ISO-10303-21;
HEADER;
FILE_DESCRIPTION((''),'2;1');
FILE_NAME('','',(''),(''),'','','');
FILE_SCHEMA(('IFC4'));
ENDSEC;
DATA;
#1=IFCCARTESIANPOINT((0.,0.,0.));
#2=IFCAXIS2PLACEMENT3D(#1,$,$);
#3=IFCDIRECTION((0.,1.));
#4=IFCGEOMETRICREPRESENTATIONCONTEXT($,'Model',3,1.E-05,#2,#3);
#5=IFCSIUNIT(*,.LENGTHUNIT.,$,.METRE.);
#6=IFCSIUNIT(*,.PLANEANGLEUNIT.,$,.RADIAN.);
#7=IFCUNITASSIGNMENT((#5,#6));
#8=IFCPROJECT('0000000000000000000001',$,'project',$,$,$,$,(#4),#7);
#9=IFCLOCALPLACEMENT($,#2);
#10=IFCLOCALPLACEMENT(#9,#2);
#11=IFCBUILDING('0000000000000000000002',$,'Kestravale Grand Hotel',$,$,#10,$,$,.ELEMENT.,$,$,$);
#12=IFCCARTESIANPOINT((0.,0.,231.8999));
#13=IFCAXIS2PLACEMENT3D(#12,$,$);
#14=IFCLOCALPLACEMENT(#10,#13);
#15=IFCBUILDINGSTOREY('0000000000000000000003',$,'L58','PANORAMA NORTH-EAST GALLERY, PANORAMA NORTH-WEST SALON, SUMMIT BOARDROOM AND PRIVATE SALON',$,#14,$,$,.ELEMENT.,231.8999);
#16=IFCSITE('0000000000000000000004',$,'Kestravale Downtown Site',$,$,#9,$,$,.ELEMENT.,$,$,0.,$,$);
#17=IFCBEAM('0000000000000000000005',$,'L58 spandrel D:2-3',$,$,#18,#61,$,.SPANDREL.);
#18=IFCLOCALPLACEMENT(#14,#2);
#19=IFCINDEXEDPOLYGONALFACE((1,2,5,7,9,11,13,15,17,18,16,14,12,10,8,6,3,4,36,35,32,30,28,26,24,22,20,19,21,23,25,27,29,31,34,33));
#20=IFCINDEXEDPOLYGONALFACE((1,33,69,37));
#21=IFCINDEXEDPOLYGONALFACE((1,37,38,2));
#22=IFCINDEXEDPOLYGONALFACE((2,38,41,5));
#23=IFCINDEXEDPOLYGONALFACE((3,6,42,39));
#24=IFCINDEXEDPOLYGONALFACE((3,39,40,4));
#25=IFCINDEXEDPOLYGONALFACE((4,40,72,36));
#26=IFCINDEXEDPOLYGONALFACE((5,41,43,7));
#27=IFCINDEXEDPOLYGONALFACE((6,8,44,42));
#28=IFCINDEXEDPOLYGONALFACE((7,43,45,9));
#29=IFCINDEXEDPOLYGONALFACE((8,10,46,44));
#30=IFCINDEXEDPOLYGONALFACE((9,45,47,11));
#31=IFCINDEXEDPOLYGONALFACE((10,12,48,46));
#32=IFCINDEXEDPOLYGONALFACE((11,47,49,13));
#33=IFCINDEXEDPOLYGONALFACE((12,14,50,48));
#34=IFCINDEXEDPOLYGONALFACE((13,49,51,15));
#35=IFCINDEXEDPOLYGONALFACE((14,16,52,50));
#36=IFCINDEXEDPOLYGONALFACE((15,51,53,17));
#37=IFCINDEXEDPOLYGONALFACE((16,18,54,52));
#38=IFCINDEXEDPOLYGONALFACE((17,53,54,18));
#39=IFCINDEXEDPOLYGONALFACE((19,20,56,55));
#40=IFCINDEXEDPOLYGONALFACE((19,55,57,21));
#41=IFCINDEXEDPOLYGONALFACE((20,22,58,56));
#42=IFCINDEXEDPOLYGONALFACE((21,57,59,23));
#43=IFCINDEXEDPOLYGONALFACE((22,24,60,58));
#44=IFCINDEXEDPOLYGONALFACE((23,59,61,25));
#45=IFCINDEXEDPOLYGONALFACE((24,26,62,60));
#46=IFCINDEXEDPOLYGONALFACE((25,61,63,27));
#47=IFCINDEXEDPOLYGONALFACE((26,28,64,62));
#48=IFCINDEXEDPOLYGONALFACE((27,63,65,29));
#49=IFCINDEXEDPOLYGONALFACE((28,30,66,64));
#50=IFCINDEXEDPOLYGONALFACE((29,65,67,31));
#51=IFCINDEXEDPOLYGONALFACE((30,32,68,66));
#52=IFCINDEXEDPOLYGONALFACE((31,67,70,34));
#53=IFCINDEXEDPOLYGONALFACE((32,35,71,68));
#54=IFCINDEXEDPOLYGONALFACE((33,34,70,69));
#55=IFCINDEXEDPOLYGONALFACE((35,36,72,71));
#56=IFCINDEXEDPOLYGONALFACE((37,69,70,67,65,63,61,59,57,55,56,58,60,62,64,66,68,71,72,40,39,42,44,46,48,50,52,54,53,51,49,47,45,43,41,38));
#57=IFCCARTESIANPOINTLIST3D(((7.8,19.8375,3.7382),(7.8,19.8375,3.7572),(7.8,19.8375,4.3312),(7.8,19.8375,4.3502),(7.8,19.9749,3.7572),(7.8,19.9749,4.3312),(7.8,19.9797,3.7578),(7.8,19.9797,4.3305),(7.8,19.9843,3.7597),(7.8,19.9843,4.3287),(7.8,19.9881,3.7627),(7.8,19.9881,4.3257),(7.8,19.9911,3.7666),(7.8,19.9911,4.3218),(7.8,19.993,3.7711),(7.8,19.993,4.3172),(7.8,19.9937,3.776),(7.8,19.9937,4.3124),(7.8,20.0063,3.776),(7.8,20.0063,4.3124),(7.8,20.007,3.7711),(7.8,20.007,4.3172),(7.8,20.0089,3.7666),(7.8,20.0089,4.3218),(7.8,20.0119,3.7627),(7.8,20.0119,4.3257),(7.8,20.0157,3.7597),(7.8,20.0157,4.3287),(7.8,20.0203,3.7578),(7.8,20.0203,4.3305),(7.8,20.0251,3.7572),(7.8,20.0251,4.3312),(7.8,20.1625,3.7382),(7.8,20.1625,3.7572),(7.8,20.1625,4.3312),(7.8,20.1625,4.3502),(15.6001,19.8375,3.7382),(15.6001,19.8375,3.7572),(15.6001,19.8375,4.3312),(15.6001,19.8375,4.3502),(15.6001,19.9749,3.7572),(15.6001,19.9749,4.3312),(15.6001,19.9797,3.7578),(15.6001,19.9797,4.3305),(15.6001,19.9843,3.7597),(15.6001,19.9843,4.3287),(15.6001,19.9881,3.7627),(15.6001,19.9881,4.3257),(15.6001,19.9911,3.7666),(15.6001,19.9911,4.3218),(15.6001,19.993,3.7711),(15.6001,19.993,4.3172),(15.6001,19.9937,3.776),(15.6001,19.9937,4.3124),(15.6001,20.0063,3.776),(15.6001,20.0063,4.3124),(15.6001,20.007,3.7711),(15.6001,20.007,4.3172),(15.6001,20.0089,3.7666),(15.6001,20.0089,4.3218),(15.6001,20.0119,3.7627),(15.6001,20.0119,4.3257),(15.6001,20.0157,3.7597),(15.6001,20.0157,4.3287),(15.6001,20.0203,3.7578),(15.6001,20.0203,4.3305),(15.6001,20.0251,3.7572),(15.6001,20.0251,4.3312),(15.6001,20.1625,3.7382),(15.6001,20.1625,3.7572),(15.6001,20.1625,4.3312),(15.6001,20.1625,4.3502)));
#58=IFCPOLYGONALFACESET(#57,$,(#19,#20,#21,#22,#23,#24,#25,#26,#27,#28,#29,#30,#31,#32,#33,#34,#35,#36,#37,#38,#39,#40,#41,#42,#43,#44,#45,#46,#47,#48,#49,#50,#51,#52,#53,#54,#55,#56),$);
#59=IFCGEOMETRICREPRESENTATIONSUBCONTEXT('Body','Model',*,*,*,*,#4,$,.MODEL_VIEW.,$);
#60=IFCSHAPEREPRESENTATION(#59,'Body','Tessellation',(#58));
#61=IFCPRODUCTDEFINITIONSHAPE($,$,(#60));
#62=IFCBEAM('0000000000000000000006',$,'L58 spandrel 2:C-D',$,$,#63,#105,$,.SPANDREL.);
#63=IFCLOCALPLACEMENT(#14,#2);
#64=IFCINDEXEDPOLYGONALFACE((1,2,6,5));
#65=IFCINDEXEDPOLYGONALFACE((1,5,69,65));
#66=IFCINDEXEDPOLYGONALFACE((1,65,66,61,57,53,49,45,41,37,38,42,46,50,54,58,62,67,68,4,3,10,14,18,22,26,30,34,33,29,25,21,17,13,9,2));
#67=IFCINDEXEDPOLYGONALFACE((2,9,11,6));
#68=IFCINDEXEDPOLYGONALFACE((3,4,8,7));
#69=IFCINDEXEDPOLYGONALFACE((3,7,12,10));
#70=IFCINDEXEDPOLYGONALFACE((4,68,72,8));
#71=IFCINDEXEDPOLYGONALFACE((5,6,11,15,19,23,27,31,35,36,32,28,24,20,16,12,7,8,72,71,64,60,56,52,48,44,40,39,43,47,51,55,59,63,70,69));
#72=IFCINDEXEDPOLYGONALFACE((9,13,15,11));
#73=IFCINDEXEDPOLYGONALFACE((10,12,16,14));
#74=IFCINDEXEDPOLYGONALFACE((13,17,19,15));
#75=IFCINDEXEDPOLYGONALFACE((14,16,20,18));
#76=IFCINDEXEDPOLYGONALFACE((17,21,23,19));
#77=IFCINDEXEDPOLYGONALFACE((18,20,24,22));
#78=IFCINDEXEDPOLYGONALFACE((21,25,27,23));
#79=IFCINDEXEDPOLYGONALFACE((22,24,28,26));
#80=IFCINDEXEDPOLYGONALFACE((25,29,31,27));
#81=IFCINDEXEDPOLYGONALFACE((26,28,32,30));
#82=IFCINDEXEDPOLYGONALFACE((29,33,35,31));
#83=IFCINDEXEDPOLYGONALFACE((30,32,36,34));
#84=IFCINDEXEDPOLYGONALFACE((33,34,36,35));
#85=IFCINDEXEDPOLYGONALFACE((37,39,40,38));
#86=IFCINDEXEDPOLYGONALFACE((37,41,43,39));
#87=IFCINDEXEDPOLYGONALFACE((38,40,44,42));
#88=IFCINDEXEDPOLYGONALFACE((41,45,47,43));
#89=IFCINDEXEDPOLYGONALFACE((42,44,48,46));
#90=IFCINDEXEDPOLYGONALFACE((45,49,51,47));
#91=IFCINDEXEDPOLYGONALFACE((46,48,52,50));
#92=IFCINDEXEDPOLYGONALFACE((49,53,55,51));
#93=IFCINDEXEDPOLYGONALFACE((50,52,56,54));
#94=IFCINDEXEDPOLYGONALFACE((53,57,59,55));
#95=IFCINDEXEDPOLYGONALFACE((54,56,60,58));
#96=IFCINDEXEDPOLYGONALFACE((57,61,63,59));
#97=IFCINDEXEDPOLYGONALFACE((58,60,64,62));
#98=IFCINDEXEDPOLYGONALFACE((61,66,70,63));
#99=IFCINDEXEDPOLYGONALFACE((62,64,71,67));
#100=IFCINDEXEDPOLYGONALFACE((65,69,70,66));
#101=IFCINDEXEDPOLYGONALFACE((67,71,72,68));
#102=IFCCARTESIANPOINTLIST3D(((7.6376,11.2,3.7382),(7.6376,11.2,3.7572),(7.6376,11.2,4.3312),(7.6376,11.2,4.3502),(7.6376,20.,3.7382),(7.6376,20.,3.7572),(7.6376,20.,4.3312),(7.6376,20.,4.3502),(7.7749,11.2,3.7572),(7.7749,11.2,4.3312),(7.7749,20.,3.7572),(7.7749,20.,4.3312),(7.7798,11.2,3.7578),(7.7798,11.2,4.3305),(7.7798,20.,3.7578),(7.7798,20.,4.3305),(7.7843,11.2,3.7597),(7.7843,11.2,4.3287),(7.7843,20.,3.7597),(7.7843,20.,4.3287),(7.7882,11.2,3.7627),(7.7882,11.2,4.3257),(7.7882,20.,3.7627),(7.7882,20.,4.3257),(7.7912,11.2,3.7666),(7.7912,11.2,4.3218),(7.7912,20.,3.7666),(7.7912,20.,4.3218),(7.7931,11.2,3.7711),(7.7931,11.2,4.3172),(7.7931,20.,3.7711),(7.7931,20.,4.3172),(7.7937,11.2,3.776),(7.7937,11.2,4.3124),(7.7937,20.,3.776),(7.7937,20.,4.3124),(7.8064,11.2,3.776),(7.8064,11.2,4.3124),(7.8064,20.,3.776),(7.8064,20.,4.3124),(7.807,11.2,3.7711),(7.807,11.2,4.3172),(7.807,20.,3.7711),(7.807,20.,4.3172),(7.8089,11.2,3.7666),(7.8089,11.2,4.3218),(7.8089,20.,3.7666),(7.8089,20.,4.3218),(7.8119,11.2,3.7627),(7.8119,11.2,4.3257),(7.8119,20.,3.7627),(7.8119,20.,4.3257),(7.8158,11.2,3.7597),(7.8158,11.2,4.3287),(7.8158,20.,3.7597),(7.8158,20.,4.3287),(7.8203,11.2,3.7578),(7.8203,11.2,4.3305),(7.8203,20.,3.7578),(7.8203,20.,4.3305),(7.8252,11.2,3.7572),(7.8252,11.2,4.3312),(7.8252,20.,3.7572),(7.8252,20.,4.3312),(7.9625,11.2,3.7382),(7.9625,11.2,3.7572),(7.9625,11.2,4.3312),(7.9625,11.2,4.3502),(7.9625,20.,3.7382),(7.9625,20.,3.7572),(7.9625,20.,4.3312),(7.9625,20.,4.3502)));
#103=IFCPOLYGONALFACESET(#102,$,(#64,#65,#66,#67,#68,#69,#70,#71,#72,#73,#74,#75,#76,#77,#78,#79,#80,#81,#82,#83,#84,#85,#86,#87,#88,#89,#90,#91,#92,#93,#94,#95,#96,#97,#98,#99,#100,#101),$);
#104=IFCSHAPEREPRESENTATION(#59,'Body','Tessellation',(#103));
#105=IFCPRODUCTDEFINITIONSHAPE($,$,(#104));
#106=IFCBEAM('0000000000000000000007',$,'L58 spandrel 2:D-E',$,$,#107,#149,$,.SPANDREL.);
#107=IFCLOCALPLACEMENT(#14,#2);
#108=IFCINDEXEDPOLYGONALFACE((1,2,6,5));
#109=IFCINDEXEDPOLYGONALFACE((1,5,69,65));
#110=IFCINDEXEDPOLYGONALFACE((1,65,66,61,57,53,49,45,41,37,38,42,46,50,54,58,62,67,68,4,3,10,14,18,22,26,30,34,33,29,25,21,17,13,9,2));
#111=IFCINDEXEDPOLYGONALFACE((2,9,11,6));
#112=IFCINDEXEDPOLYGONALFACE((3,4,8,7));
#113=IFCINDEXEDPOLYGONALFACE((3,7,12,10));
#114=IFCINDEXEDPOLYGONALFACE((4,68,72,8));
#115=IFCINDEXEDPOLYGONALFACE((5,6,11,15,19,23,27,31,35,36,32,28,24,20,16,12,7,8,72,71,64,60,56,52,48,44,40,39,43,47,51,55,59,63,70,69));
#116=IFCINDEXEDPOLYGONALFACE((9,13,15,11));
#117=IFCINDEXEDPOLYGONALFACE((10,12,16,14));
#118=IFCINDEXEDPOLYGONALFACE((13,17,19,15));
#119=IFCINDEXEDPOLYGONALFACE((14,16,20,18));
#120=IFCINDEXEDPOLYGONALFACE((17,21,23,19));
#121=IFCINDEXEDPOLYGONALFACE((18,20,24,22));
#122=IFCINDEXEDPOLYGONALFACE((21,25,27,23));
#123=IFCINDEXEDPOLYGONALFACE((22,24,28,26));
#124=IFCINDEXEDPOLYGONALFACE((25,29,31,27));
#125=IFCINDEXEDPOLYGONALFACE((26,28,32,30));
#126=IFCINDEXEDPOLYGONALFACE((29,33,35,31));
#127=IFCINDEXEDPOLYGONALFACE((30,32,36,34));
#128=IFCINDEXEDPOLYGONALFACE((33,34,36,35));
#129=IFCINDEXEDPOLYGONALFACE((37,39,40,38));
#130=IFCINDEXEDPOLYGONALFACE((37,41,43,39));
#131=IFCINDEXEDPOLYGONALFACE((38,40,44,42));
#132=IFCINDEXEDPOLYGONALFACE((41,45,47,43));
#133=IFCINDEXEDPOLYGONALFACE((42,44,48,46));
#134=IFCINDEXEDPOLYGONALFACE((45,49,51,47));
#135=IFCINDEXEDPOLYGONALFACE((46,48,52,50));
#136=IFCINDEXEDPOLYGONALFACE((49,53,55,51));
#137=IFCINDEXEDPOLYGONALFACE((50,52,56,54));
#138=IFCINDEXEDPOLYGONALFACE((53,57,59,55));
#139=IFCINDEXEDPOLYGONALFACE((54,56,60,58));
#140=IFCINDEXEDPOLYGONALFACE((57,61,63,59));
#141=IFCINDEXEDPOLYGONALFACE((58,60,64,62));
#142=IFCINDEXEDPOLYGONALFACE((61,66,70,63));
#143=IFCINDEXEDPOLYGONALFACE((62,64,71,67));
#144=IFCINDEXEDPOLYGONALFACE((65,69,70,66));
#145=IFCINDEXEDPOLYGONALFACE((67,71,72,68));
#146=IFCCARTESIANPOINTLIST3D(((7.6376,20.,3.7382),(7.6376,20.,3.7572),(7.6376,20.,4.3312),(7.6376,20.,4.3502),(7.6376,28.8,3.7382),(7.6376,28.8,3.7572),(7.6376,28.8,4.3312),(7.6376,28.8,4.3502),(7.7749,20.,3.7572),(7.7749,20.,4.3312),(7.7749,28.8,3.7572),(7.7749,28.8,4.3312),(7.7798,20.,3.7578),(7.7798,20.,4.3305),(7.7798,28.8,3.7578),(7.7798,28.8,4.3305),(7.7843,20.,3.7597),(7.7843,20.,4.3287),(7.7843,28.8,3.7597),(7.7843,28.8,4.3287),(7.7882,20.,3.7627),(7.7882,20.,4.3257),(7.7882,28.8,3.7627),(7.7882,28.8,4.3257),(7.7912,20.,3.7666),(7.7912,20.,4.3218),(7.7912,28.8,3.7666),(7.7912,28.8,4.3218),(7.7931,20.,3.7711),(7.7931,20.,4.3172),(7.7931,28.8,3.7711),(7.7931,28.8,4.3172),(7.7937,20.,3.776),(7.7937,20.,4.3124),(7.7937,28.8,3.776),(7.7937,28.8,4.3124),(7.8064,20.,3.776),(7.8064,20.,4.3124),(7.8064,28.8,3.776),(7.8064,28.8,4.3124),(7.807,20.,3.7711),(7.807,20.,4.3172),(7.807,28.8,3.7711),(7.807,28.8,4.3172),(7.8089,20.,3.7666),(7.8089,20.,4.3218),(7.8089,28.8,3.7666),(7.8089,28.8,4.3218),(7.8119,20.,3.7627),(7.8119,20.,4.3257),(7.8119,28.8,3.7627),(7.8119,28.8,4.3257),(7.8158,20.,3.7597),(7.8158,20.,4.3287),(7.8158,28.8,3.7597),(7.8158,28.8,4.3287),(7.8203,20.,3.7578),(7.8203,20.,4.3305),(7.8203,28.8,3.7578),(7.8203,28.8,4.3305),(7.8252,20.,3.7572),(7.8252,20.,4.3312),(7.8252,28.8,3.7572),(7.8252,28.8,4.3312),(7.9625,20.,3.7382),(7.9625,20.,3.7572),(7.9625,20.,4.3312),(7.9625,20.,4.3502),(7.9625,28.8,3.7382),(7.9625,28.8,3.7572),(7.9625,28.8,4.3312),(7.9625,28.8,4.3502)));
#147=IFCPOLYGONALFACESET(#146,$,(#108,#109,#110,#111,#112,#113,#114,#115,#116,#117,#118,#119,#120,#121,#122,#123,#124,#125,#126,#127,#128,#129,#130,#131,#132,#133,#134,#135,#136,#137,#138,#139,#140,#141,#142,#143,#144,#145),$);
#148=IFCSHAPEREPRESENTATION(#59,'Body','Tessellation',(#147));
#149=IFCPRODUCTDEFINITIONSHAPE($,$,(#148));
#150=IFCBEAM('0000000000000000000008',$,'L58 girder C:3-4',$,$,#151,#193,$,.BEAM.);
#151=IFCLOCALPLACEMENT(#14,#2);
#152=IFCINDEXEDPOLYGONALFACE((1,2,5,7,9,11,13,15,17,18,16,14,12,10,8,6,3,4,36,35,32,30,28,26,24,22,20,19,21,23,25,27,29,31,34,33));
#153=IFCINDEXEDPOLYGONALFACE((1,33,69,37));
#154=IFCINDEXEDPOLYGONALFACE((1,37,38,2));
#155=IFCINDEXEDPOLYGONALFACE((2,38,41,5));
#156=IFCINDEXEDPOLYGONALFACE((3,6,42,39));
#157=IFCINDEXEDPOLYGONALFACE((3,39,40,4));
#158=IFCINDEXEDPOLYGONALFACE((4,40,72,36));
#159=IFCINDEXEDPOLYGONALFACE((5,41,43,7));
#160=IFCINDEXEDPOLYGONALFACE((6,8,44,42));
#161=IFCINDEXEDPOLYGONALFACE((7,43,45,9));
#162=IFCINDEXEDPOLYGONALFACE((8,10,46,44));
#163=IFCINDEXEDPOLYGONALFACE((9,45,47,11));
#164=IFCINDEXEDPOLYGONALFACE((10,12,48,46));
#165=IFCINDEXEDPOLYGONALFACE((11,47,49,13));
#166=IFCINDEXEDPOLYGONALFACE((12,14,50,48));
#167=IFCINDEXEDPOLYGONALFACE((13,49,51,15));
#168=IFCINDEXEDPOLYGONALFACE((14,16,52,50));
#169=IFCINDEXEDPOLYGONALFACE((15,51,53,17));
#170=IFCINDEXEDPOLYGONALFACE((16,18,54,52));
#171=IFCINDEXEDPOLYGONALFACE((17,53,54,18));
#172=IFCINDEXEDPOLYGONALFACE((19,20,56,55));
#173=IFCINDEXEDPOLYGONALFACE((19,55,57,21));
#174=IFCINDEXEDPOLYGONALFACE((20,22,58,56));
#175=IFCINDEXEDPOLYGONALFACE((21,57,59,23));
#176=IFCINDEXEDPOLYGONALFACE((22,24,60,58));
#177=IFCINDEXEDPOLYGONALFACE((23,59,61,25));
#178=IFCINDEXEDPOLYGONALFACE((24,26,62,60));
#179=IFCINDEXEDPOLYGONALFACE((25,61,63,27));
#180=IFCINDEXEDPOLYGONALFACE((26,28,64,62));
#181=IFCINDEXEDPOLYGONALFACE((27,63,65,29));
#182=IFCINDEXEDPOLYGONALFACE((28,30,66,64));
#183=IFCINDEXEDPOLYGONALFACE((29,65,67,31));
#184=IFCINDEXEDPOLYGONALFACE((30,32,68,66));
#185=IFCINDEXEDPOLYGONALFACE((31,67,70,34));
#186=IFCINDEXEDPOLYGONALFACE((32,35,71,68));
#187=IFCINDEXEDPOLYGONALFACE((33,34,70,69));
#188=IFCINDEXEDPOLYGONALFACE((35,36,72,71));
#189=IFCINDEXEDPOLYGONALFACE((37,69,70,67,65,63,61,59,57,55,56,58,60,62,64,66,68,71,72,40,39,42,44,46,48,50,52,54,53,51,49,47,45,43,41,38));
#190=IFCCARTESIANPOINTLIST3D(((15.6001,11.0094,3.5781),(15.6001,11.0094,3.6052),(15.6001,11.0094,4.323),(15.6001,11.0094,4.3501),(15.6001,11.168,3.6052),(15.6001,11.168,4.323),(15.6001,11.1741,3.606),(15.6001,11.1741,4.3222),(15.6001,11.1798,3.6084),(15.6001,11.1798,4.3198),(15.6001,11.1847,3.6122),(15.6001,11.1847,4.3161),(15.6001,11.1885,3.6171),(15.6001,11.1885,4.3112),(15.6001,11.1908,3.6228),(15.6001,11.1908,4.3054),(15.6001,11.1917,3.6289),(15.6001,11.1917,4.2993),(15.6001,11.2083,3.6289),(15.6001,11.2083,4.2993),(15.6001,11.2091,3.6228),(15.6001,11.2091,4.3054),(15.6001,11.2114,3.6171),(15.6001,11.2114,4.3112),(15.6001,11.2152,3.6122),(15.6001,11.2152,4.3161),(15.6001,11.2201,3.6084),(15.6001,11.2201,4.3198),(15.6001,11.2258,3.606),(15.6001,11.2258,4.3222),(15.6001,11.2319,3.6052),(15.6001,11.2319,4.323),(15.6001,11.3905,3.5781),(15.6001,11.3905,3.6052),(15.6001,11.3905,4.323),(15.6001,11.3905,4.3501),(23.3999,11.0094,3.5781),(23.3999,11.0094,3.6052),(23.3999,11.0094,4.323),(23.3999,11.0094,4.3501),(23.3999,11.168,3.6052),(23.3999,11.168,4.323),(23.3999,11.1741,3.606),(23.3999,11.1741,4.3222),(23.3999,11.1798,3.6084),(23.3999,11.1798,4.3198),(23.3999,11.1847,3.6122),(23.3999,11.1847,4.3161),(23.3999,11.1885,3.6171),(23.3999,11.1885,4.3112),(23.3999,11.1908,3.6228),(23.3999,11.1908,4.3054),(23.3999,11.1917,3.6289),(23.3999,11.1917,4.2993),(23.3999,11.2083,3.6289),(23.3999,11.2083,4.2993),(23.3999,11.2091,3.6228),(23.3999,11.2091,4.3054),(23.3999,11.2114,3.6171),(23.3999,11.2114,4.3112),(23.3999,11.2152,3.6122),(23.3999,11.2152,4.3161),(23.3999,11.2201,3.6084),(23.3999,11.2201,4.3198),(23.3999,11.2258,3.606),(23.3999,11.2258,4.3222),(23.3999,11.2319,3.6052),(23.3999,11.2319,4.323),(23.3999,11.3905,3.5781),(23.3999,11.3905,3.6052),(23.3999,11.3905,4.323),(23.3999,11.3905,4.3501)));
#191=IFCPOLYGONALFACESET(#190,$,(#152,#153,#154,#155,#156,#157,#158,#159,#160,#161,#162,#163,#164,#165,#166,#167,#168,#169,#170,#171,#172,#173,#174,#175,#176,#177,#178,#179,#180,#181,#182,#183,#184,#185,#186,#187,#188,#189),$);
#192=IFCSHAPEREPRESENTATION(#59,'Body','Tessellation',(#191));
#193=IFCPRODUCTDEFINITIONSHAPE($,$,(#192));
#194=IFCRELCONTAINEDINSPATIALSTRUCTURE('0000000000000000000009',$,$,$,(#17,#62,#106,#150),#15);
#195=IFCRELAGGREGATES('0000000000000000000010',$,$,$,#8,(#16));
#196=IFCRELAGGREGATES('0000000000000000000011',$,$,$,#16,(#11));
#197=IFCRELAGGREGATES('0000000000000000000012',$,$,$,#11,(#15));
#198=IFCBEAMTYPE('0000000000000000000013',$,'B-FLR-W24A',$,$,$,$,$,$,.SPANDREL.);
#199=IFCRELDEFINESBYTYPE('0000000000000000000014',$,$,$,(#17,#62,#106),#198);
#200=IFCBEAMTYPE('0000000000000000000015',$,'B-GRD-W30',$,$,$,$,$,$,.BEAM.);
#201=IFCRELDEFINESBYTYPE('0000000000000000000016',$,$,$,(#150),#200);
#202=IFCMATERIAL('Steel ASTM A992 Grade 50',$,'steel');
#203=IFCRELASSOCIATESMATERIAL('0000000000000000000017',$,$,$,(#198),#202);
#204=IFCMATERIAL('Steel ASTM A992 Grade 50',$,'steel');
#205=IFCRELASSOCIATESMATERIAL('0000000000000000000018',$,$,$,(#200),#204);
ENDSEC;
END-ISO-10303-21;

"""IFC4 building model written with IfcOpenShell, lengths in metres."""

from ifc_helpers import new_model, si_unit, direction, frame, origin, origin_2d, place, context, subcontext, project, spatial, i_section, extrude, material, material_profile, profile_set, type_object, element, save


model = new_model("IFC4")

# Units and contexts
model_context = context("Model", 3, precision=1e-05, world=origin(), true_north=direction((0.0, 1.0)))
body_context = subcontext(model_context, "Body", "Model", "MODEL_VIEW")
ifc_project = project(units=[si_unit("LENGTHUNIT", "METRE"), si_unit("PLANEANGLEUNIT", "RADIAN")], contexts=[model_context])

# Site, building, storey
site_placement = place(None, origin())
site = spatial("IfcSite", under=ifc_project, at=site_placement, Name="Kestravale Downtown Site", CompositionType="ELEMENT", RefElevation=0.0)
building_placement = place(site_placement, origin())
building = spatial("IfcBuilding", under=site, at=building_placement, Name="Kestravale Grand Hotel", CompositionType="ELEMENT")
storey_placement = place(building_placement, frame((0.0, 0.0, 231.8999)))
storey = spatial("IfcBuildingStorey", under=building, at=storey_placement, Name="L58", Description="PANORAMA NORTH-EAST GALLERY, PANORAMA NORTH-WEST SALON, SUMMIT BOARDROOM AND PRIVATE SALON", CompositionType="ELEMENT", Elevation=231.8999)

# Beams
ifc_material_1 = material(Name="Steel ASTM A992 Grade 50", Category="steel")
ifc_material_profile_1 = material_profile(ifc_material_1, i_section(OverallWidth=0.325, OverallDepth=0.6121, WebThickness=0.0127, FlangeThickness=0.019, FilletRadius=0.0188, at=origin_2d()))
ifc_profile_set_1 = profile_set([ifc_material_profile_1], Name="Steel ASTM A992 Grade 50")
beam_type_1 = type_object("IfcBeamType", Name="B-FLR-W24A", PredefinedType="SPANDREL", material=ifc_profile_set_1)
for number, where, z_axis, x_axis, name in (
    (1, (7.8, 20.0, 4.0442), (1.0, 0.0, 0.0), (0.0, 1.0, 0.0), "L58 spandrel D:2-3"),
):
    element("IfcBeam", number, at=place(storey_placement, frame(where, z_axis=z_axis, x_axis=x_axis)), inside=storey, type_object=beam_type_1, Name=name, PredefinedType="SPANDREL", context=body_context, shape_type="SweptSolid", body=[
        extrude(i_section(OverallWidth=0.325, OverallDepth=0.6121, WebThickness=0.0127, FlangeThickness=0.019, FilletRadius=0.0188, at=origin_2d()), origin(), (0.0, 0.0, 1.0), 7.8),
    ])
for number, where, z_axis, x_axis, name in (
    (2, (7.8, 11.2, 4.0442), (0.0, 1.0, 0.0), (-1.0, 0.0, 0.0), "L58 spandrel 2:C-D"),
    (3, (7.8, 20.0, 4.0442), (0.0, 1.0, 0.0), (-1.0, 0.0, 0.0), "L58 spandrel 2:D-E"),
):
    element("IfcBeam", number, at=place(storey_placement, frame(where, z_axis=z_axis, x_axis=x_axis)), inside=storey, type_object=beam_type_1, Name=name, PredefinedType="SPANDREL", context=body_context, shape_type="SweptSolid", body=[
        extrude(i_section(OverallWidth=0.325, OverallDepth=0.6121, WebThickness=0.0127, FlangeThickness=0.019, FilletRadius=0.0188, at=origin_2d()), origin(), (0.0, 0.0, 1.0), 8.8),
    ])
ifc_material_2 = material(Name="Steel ASTM A992 Grade 50", Category="steel")
ifc_material_profile_2 = material_profile(ifc_material_2, i_section(OverallWidth=0.3811, OverallDepth=0.772, WebThickness=0.0166, FlangeThickness=0.0271, FilletRadius=0.0237, at=origin_2d()))
ifc_profile_set_2 = profile_set([ifc_material_profile_2], Name="Steel ASTM A992 Grade 50")
beam_type_2 = type_object("IfcBeamType", Name="B-GRD-W30", PredefinedType="BEAM", material=ifc_profile_set_2)
for number, where, z_axis, x_axis, name in (
    (4, (15.6001, 11.2, 3.9641), (1.0, 0.0, 0.0), (0.0, 1.0, 0.0), "L58 girder C:3-4"),
):
    element("IfcBeam", number, at=place(storey_placement, frame(where, z_axis=z_axis, x_axis=x_axis)), inside=storey, type_object=beam_type_2, Name=name, PredefinedType="BEAM", context=body_context, shape_type="SweptSolid", body=[
        extrude(i_section(OverallWidth=0.3811, OverallDepth=0.772, WebThickness=0.0166, FlangeThickness=0.0271, FilletRadius=0.0237, at=origin_2d()), origin(), (0.0, 0.0, 1.0), 7.7998),
    ])

save(model, "model.ifc")
